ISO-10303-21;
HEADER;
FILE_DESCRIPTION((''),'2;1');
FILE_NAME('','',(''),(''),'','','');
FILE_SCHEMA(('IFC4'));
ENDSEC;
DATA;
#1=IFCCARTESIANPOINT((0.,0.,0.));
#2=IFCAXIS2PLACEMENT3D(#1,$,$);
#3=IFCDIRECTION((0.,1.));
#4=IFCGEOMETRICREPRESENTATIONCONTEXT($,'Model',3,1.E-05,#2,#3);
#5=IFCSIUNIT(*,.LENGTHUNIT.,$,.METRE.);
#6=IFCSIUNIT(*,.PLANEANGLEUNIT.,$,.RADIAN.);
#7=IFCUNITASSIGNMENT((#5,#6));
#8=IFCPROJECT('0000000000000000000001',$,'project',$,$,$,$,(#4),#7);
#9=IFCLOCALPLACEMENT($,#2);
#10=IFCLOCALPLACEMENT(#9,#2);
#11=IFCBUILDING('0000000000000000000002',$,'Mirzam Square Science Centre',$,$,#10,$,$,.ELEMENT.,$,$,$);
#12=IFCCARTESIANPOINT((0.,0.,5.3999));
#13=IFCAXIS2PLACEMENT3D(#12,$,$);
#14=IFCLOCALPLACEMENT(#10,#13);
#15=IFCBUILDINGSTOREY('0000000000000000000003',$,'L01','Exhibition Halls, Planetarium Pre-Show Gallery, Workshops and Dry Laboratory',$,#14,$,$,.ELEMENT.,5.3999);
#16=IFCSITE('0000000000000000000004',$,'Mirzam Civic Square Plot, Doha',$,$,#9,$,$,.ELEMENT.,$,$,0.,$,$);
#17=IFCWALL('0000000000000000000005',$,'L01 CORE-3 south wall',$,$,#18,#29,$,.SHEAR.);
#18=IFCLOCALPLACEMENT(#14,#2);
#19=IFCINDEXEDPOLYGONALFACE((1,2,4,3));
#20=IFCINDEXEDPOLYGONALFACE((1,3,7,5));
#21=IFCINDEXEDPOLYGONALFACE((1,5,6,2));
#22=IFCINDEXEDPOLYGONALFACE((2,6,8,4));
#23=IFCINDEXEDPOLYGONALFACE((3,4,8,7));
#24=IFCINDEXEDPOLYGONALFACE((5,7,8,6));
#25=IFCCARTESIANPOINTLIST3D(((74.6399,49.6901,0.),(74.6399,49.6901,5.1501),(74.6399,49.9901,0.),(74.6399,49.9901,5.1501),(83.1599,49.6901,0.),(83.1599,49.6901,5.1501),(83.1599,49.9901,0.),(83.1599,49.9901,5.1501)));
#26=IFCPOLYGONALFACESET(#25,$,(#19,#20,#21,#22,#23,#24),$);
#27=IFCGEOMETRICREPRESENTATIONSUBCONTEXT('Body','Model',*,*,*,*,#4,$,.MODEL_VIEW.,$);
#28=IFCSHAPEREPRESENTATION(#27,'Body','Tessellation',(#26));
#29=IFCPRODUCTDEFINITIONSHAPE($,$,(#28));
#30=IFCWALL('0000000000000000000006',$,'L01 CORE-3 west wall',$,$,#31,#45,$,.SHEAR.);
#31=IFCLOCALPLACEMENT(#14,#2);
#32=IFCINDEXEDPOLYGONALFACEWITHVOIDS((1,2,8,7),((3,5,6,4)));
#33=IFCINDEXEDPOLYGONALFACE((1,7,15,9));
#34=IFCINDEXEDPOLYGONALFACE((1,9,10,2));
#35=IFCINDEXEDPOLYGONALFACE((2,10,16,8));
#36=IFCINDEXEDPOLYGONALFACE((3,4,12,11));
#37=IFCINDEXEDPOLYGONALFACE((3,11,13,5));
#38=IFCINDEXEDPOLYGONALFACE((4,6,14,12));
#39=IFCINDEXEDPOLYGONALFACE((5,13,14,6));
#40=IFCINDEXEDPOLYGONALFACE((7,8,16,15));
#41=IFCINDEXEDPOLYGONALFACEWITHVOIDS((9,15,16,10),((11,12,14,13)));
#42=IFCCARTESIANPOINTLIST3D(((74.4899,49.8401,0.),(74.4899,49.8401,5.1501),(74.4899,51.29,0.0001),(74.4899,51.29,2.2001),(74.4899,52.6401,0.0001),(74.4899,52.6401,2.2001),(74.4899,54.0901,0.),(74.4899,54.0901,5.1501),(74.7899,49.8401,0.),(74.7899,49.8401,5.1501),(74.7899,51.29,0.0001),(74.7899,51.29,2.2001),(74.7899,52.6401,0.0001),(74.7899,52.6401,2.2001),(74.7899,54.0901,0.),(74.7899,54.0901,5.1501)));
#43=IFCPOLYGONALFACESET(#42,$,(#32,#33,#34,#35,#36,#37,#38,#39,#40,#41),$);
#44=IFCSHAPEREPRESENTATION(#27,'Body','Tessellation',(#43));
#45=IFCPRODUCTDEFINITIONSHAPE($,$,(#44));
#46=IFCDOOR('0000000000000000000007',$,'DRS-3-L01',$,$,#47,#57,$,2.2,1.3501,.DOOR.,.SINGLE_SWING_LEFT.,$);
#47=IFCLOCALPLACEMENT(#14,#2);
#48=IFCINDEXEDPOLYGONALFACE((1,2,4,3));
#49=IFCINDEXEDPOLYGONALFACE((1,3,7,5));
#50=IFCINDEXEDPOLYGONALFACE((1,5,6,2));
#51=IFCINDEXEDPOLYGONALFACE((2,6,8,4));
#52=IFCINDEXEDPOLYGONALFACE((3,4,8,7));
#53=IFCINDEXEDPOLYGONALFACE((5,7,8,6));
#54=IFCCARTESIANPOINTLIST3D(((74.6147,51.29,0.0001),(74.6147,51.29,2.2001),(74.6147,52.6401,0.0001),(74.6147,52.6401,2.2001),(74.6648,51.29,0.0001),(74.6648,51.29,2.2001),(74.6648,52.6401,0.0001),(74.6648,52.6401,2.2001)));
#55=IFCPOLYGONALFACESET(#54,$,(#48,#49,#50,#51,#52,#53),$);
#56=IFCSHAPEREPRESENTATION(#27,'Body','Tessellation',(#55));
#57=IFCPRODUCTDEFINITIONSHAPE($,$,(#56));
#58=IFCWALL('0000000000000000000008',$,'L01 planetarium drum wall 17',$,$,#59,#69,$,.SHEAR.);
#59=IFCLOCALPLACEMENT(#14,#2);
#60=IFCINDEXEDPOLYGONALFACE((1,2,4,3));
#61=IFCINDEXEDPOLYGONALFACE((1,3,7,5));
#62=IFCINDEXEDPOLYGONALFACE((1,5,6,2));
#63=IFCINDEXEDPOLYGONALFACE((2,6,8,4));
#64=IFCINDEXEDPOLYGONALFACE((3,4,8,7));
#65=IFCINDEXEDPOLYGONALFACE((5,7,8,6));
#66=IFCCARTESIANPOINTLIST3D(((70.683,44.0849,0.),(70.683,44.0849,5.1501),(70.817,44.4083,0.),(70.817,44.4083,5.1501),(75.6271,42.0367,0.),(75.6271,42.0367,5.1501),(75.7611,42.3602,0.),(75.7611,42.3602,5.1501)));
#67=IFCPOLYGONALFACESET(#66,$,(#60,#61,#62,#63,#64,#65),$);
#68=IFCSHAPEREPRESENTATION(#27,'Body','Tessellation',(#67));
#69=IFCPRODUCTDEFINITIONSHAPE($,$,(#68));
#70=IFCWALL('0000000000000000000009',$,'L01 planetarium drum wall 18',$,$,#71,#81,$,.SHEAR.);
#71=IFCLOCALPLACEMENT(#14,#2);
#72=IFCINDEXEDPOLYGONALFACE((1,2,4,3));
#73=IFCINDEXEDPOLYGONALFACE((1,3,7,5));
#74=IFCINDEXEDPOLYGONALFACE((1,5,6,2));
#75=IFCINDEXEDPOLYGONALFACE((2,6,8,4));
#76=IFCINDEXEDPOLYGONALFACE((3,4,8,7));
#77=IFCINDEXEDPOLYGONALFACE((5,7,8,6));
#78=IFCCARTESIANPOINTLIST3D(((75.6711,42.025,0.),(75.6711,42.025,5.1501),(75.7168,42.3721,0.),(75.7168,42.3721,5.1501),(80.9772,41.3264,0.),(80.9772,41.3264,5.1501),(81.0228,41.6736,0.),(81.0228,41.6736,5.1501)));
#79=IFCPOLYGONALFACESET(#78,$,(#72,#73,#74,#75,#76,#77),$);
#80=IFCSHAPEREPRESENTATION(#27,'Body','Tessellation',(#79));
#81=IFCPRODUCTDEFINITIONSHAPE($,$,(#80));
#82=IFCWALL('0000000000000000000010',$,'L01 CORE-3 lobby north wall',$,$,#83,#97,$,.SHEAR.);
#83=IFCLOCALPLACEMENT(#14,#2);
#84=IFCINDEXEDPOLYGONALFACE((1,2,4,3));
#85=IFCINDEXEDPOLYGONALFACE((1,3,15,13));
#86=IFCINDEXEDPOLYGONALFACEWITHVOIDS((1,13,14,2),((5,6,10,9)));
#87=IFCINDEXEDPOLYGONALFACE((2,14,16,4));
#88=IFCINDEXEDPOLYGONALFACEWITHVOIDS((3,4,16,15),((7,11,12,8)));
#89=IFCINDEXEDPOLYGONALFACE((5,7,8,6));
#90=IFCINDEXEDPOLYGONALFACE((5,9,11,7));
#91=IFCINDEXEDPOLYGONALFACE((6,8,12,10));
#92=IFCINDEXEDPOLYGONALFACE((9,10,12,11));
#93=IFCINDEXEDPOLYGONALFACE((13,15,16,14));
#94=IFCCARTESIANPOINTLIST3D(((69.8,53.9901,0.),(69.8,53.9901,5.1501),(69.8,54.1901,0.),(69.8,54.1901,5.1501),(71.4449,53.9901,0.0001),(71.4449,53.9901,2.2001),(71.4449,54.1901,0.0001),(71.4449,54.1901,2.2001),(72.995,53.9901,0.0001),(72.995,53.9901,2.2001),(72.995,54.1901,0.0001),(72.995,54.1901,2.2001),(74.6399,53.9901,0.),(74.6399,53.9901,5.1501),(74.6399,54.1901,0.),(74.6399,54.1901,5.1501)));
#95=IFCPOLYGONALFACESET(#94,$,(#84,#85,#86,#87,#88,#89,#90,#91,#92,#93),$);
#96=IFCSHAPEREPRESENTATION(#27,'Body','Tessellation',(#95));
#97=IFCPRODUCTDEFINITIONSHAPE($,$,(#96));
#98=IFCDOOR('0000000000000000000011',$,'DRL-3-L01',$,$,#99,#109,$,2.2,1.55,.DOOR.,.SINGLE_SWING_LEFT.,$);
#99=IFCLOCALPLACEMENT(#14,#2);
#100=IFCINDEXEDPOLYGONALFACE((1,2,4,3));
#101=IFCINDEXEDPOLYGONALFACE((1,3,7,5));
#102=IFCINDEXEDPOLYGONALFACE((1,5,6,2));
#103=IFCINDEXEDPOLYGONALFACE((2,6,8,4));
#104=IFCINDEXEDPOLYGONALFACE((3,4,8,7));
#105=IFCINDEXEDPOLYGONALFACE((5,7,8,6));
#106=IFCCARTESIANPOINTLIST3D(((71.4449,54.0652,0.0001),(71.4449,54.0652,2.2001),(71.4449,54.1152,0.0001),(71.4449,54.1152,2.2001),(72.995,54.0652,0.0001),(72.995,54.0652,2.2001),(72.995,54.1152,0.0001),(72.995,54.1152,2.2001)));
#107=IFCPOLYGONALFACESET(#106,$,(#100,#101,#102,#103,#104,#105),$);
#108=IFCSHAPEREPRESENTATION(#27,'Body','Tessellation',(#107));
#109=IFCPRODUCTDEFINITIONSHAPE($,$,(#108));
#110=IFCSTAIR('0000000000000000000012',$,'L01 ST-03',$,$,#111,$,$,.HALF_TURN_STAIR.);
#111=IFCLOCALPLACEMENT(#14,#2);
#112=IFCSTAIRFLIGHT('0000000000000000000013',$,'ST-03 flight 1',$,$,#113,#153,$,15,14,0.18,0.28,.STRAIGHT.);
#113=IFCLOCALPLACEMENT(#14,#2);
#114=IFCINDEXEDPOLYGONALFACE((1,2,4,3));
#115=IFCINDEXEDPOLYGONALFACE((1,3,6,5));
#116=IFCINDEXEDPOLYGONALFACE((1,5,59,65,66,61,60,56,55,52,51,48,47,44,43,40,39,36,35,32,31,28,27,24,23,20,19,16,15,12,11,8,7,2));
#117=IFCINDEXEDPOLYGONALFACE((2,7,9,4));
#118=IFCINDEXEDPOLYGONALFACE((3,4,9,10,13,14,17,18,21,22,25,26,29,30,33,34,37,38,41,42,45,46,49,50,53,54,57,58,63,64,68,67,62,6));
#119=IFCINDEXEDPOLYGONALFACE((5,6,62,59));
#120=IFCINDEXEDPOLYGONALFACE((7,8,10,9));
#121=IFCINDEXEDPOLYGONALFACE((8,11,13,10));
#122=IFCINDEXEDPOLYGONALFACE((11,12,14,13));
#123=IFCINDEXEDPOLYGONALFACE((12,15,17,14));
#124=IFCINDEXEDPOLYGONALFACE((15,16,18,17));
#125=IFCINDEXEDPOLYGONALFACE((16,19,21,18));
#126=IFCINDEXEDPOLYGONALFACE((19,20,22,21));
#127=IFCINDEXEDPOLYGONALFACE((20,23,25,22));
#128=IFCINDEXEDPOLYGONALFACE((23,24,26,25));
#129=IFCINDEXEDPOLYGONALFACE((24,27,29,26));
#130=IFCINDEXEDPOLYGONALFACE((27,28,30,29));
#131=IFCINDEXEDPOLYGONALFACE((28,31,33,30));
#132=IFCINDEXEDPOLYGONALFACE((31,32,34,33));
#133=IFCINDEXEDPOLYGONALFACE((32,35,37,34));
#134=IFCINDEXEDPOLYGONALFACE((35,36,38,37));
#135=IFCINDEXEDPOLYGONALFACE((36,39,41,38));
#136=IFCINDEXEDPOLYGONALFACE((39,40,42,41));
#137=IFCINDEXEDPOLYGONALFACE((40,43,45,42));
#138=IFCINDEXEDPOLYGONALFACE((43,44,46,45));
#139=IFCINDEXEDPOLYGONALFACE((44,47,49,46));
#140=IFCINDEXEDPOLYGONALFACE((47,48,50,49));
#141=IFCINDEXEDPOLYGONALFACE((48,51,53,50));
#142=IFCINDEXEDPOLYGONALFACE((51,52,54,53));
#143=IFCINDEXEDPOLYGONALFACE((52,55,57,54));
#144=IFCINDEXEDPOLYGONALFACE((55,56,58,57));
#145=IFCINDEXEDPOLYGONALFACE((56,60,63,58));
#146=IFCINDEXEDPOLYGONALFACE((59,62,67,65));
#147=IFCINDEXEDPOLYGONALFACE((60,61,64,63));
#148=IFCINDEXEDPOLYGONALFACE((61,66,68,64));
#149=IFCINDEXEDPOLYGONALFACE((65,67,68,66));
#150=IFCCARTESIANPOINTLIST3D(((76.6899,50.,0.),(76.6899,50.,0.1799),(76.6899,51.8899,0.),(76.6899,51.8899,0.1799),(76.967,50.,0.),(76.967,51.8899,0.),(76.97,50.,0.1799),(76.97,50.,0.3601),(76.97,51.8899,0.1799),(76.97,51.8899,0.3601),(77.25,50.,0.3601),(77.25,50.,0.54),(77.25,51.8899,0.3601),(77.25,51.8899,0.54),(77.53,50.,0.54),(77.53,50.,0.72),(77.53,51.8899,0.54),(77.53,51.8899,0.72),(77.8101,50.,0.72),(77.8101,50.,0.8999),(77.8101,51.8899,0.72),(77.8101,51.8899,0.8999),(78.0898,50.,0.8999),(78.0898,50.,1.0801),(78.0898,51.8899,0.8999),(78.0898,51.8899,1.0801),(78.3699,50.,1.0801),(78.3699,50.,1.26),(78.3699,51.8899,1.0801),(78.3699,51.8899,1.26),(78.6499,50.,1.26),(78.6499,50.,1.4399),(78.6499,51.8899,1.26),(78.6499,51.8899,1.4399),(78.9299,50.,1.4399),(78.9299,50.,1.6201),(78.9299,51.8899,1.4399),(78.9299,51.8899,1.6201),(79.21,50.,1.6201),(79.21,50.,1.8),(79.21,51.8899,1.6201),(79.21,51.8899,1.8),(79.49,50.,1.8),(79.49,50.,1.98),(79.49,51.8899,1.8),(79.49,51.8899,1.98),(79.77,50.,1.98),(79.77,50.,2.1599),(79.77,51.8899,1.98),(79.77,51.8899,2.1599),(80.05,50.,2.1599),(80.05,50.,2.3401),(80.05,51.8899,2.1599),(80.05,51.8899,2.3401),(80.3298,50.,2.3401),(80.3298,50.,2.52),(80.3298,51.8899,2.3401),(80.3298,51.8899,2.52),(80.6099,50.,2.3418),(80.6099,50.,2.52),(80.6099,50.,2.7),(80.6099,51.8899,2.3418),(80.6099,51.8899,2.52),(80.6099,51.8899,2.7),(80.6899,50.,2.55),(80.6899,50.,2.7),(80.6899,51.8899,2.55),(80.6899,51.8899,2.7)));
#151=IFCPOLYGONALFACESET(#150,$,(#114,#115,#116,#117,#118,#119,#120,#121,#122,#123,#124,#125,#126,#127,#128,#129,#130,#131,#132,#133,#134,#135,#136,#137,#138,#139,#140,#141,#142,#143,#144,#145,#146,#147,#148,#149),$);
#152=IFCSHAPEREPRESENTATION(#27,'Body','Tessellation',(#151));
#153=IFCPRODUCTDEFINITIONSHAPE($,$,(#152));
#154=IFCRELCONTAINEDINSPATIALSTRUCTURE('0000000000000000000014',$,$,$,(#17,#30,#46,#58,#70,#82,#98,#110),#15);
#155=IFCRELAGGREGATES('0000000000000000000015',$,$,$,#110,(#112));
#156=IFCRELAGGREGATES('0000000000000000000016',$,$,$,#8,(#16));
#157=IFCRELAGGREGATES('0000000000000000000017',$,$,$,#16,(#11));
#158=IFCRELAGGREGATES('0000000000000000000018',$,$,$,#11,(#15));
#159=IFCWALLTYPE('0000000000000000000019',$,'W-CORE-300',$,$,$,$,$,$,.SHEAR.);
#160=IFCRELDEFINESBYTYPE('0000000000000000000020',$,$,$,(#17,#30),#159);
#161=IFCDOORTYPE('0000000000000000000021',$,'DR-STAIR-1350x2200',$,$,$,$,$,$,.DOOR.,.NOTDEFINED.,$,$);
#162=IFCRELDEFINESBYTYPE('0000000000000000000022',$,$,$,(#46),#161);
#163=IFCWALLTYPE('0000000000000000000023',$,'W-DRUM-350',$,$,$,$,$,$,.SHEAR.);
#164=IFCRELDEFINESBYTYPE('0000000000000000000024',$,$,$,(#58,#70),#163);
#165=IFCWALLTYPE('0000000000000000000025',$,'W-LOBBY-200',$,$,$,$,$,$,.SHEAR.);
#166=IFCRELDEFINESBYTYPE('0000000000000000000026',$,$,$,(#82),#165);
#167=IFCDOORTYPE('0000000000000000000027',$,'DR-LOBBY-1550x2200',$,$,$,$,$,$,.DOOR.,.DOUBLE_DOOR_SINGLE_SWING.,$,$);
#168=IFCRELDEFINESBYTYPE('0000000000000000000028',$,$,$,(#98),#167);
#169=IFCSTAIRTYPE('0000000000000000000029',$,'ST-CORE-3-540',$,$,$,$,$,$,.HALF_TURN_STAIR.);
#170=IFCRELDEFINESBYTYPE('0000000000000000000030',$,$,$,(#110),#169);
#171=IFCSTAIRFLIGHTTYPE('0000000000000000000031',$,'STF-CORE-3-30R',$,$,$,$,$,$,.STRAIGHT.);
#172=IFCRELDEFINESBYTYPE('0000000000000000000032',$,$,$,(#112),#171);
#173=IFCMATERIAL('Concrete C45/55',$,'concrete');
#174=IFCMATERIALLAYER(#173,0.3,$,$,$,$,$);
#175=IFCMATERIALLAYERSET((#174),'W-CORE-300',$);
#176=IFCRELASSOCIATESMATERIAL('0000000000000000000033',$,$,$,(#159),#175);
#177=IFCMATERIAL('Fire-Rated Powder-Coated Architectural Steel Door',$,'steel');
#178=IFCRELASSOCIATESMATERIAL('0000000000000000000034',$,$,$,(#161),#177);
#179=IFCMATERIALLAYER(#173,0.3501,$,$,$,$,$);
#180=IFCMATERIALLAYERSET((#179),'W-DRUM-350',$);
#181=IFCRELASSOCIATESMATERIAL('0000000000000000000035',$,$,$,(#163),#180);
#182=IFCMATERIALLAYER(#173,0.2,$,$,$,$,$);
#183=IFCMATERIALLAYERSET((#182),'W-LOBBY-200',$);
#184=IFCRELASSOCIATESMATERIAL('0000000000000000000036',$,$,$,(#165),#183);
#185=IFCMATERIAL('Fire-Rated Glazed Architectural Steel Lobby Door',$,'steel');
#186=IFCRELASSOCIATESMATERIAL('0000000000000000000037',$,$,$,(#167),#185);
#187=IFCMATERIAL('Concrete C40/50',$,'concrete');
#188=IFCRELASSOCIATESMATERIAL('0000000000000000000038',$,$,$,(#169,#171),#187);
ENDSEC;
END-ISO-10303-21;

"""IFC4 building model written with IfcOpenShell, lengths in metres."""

from ifc_helpers import new_model, si_unit, direction, frame, frame_2d, origin, place, context, subcontext, project, spatial, polyline, rectangle, outline, extrude, material, layer, layer_set, type_object, element, fill, aggregate, save


model = new_model("IFC4")

# Units and contexts
model_context = context("Model", 3, precision=1e-05, world=origin(), true_north=direction((0.0, 1.0)))
body_context = subcontext(model_context, "Body", "Model", "MODEL_VIEW")
ifc_project = project(units=[si_unit("LENGTHUNIT", "METRE"), si_unit("PLANEANGLEUNIT", "RADIAN")], contexts=[model_context])

# Site, building, storey
site_placement = place(None, origin())
site = spatial("IfcSite", under=ifc_project, at=site_placement, Name="Mirzam Civic Square Plot, Doha", CompositionType="ELEMENT", RefElevation=0.0)
building_placement = place(site_placement, origin())
building = spatial("IfcBuilding", under=site, at=building_placement, Name="Mirzam Square Science Centre", CompositionType="ELEMENT")
storey_placement = place(building_placement, frame((0.0, 0.0, 5.3999)))
storey = spatial("IfcBuildingStorey", under=building, at=storey_placement, Name="L01", Description="Exhibition Halls, Planetarium Pre-Show Gallery, Workshops and Dry Laboratory", CompositionType="ELEMENT", Elevation=5.3999)

# Shared definitions
ifc_material_1 = material(Name="Concrete C45/55", Category="concrete")

# Wall
ifc_layer_1 = layer(ifc_material_1, 0.3)
ifc_layer_set_1 = layer_set([ifc_layer_1], Name="W-CORE-300")
wall_type_1 = type_object("IfcWallType", Name="W-CORE-300", PredefinedType="SHEAR", material=ifc_layer_set_1)
wall_1_placement = place(storey_placement, frame((74.6399, 49.8401, 0.0), z_axis=(0.0, 0.0, 1.0), x_axis=(1.0, 0.0, 0.0)))
element("IfcWall", 1, at=wall_1_placement, inside=storey, type_object=wall_type_1, Name="L01 CORE-3 south wall", PredefinedType="SHEAR", context=body_context, shape_type="SweptSolid", body=[
    extrude(rectangle(XDim=8.52, YDim=0.3, at=frame_2d((4.26, 0.0))), origin(), (0.0, 0.0, 1.0), 5.1501),
])

# Wall, opening, door
wall_2_placement = place(storey_placement, frame((74.6399, 54.0901, 0.0), z_axis=(0.0, 0.0, 1.0), x_axis=(0.0, -1.0, 0.0)))
wall_2 = element("IfcWall", 2, at=wall_2_placement, inside=storey, type_object=wall_type_1, Name="L01 CORE-3 west wall", PredefinedType="SHEAR", context=body_context, shape_type="SweptSolid", body=[
    extrude(rectangle(XDim=4.25, YDim=0.3, at=frame_2d((2.125, 0.0))), origin(), (0.0, 0.0, 1.0), 5.1501),
])
opening_1_placement = place(wall_2_placement, frame((1.45, 0.0, 0.0)))
opening_1 = element("IfcOpeningElement", 3, at=opening_1_placement, cuts=wall_2, PredefinedType="OPENING", context=body_context, shape_type="SweptSolid", body=[
    extrude(rectangle(XDim=1.3501, YDim=2.2, at=frame_2d((0.675, 1.1001))), frame((0.0, 0.1599, 0.0), z_axis=(0.0, -1.0, 0.0), x_axis=(1.0, 0.0, 0.0)), (0.0, 0.0, 1.0), 0.3201),
])
ifc_material_2 = material(Name="Fire-Rated Powder-Coated Architectural Steel Door", Category="steel")
door_type_1 = type_object("IfcDoorType", Name="DR-STAIR-1350x2200", OperationType="NOTDEFINED", PredefinedType="DOOR", material=ifc_material_2)
door_1_placement = place(opening_1_placement, origin())
door_1 = element("IfcDoor", 4, at=door_1_placement, inside=storey, type_object=door_type_1, Name="DRS-3-L01", OperationType="SINGLE_SWING_LEFT", OverallHeight=2.2, OverallWidth=1.3501, PredefinedType="DOOR", context=body_context, shape_type="SweptSolid", body=[
    extrude(rectangle(XDim=1.3501, YDim=2.2, at=frame_2d((0.675, 1.1001))), frame((0.0, 0.0249, 0.0), z_axis=(0.0, -1.0, 0.0), x_axis=(1.0, 0.0, 0.0)), (0.0, 0.0, 1.0), 0.05),
])
fill(opening_1, door_1)

# Walls
ifc_layer_2 = layer(ifc_material_1, 0.3501)
ifc_layer_set_2 = layer_set([ifc_layer_2], Name="W-DRUM-350")
wall_type_2 = type_object("IfcWallType", Name="W-DRUM-350", PredefinedType="SHEAR", material=ifc_layer_set_2)
wall_3_placement = place(storey_placement, frame((70.75, 44.2466, 0.0), z_axis=(0.0, 0.0, 1.0), x_axis=(0.923867, -0.382713, 0.0)))
element("IfcWall", 5, at=wall_3_placement, inside=storey, type_object=wall_type_2, Name="L01 planetarium drum wall 17", PredefinedType="SHEAR", context=body_context, shape_type="SweptSolid", body=[
    extrude(rectangle(XDim=5.3516, YDim=0.3501, at=frame_2d((2.6758, 0.0))), origin(), (0.0, 0.0, 1.0), 5.1501),
])
wall_4_placement = place(storey_placement, frame((75.6941, 42.1985, 0.0), z_axis=(0.0, 0.0, 1.0), x_axis=(0.991446, -0.130517, 0.0)))
element("IfcWall", 6, at=wall_4_placement, inside=storey, type_object=wall_type_2, Name="L01 planetarium drum wall 18", PredefinedType="SHEAR", context=body_context, shape_type="SweptSolid", body=[
    extrude(rectangle(XDim=5.3518, YDim=0.3501, at=frame_2d((2.6758, 0.0))), origin(), (0.0, 0.0, 1.0), 5.1501),
])

# Wall, opening, door
ifc_layer_3 = layer(ifc_material_1, 0.2)
ifc_layer_set_3 = layer_set([ifc_layer_3], Name="W-LOBBY-200")
wall_type_3 = type_object("IfcWallType", Name="W-LOBBY-200", PredefinedType="SHEAR", material=ifc_layer_set_3)
wall_5_placement = place(storey_placement, frame((74.6399, 54.0901, 0.0), z_axis=(0.0, 0.0, 1.0), x_axis=(-1.0, 0.0, 0.0)))
wall_5 = element("IfcWall", 7, at=wall_5_placement, inside=storey, type_object=wall_type_3, Name="L01 CORE-3 lobby north wall", PredefinedType="SHEAR", context=body_context, shape_type="SweptSolid", body=[
    extrude(rectangle(XDim=4.8398, YDim=0.2, at=frame_2d((2.4199, 0.0))), origin(), (0.0, 0.0, 1.0), 5.1501),
])
opening_2_placement = place(wall_5_placement, frame((1.645, 0.0, 0.0)))
opening_2 = element("IfcOpeningElement", 8, at=opening_2_placement, cuts=wall_5, PredefinedType="OPENING", context=body_context, shape_type="SweptSolid", body=[
    extrude(rectangle(XDim=1.55, YDim=2.2, at=frame_2d((0.7749, 1.1001))), frame((0.0, 0.1099, 0.0), z_axis=(0.0, -1.0, 0.0), x_axis=(1.0, 0.0, 0.0)), (0.0, 0.0, 1.0), 0.22),
])
ifc_material_3 = material(Name="Fire-Rated Glazed Architectural Steel Lobby Door", Category="steel")
door_type_2 = type_object("IfcDoorType", Name="DR-LOBBY-1550x2200", OperationType="DOUBLE_DOOR_SINGLE_SWING", PredefinedType="DOOR", material=ifc_material_3)
door_2_placement = place(opening_2_placement, origin())
door_2 = element("IfcDoor", 9, at=door_2_placement, inside=storey, type_object=door_type_2, Name="DRL-3-L01", OperationType="SINGLE_SWING_LEFT", OverallHeight=2.2, OverallWidth=1.55, PredefinedType="DOOR", context=body_context, shape_type="SweptSolid", body=[
    extrude(rectangle(XDim=1.55, YDim=2.2, at=frame_2d((0.7749, 1.1001))), frame((0.0, 0.0249, 0.0), z_axis=(0.0, -1.0, 0.0), x_axis=(1.0, 0.0, 0.0)), (0.0, 0.0, 1.0), 0.05),
])
fill(opening_2, door_2)

# Stair, stair flight
ifc_material_4 = material(Name="Concrete C40/50", Category="concrete")
stair_type = type_object("IfcStairType", Name="ST-CORE-3-540", PredefinedType="HALF_TURN_STAIR", material=ifc_material_4)
stair_placement = place(storey_placement, origin())
stair = element("IfcStair", 10, at=stair_placement, inside=storey, type_object=stair_type, Name="L01 ST-03", PredefinedType="HALF_TURN_STAIR")
stair_flight_type = type_object("IfcStairFlightType", Name="STF-CORE-3-30R", PredefinedType="STRAIGHT", material=ifc_material_4)
stair_flight_1_placement = place(storey_placement, frame((76.6899, 50.9451, 0.0), z_axis=(0.0, 0.0, 1.0), x_axis=(1.0, 0.0, 0.0)))
stair_flight_1 = element("IfcStairFlight", 11, at=stair_flight_1_placement, type_object=stair_flight_type, Name="ST-03 flight 1", NumberOfRisers=15, NumberOfTreads=14, PredefinedType="STRAIGHT", RiserHeight=0.18, TreadLength=0.28, context=body_context, shape_type="SweptSolid", body=[
    extrude(outline(polyline([(0.0, 0.0), (0.0, 0.1799), (0.28, 0.1799), (0.28, 0.3601), (0.5601, 0.3601), (0.5601, 0.54), (0.8401, 0.54), (0.8401, 0.72), (1.1201, 0.72), (1.1201, 0.8999), (1.3999, 0.8999), (1.3999, 1.0801), (1.6799, 1.0801), (1.6799, 1.26), (1.96, 1.26), (1.96, 1.4399), (2.24, 1.4399), (2.24, 1.6201), (2.52, 1.6201), (2.52, 1.8), (2.8, 1.8), (2.8, 1.98), (3.0801, 1.98), (3.0801, 2.1599), (3.3601, 2.1599), (3.3601, 2.3401), (3.6399, 2.3401), (3.6399, 2.52), (3.9199, 2.52), (3.9199, 2.7), (4.0, 2.7), (4.0, 2.55), (3.9199, 2.3418), (0.2771, 0.0), (0.0, 0.0)])), frame((0.0, 0.9448, 0.0), z_axis=(0.0, -1.0, 0.0), x_axis=(1.0, 0.0, 0.0)), (0.0, 0.0, 1.0), 1.8899),
])
aggregate(stair, [stair_flight_1])

save(model, "model.ifc")
